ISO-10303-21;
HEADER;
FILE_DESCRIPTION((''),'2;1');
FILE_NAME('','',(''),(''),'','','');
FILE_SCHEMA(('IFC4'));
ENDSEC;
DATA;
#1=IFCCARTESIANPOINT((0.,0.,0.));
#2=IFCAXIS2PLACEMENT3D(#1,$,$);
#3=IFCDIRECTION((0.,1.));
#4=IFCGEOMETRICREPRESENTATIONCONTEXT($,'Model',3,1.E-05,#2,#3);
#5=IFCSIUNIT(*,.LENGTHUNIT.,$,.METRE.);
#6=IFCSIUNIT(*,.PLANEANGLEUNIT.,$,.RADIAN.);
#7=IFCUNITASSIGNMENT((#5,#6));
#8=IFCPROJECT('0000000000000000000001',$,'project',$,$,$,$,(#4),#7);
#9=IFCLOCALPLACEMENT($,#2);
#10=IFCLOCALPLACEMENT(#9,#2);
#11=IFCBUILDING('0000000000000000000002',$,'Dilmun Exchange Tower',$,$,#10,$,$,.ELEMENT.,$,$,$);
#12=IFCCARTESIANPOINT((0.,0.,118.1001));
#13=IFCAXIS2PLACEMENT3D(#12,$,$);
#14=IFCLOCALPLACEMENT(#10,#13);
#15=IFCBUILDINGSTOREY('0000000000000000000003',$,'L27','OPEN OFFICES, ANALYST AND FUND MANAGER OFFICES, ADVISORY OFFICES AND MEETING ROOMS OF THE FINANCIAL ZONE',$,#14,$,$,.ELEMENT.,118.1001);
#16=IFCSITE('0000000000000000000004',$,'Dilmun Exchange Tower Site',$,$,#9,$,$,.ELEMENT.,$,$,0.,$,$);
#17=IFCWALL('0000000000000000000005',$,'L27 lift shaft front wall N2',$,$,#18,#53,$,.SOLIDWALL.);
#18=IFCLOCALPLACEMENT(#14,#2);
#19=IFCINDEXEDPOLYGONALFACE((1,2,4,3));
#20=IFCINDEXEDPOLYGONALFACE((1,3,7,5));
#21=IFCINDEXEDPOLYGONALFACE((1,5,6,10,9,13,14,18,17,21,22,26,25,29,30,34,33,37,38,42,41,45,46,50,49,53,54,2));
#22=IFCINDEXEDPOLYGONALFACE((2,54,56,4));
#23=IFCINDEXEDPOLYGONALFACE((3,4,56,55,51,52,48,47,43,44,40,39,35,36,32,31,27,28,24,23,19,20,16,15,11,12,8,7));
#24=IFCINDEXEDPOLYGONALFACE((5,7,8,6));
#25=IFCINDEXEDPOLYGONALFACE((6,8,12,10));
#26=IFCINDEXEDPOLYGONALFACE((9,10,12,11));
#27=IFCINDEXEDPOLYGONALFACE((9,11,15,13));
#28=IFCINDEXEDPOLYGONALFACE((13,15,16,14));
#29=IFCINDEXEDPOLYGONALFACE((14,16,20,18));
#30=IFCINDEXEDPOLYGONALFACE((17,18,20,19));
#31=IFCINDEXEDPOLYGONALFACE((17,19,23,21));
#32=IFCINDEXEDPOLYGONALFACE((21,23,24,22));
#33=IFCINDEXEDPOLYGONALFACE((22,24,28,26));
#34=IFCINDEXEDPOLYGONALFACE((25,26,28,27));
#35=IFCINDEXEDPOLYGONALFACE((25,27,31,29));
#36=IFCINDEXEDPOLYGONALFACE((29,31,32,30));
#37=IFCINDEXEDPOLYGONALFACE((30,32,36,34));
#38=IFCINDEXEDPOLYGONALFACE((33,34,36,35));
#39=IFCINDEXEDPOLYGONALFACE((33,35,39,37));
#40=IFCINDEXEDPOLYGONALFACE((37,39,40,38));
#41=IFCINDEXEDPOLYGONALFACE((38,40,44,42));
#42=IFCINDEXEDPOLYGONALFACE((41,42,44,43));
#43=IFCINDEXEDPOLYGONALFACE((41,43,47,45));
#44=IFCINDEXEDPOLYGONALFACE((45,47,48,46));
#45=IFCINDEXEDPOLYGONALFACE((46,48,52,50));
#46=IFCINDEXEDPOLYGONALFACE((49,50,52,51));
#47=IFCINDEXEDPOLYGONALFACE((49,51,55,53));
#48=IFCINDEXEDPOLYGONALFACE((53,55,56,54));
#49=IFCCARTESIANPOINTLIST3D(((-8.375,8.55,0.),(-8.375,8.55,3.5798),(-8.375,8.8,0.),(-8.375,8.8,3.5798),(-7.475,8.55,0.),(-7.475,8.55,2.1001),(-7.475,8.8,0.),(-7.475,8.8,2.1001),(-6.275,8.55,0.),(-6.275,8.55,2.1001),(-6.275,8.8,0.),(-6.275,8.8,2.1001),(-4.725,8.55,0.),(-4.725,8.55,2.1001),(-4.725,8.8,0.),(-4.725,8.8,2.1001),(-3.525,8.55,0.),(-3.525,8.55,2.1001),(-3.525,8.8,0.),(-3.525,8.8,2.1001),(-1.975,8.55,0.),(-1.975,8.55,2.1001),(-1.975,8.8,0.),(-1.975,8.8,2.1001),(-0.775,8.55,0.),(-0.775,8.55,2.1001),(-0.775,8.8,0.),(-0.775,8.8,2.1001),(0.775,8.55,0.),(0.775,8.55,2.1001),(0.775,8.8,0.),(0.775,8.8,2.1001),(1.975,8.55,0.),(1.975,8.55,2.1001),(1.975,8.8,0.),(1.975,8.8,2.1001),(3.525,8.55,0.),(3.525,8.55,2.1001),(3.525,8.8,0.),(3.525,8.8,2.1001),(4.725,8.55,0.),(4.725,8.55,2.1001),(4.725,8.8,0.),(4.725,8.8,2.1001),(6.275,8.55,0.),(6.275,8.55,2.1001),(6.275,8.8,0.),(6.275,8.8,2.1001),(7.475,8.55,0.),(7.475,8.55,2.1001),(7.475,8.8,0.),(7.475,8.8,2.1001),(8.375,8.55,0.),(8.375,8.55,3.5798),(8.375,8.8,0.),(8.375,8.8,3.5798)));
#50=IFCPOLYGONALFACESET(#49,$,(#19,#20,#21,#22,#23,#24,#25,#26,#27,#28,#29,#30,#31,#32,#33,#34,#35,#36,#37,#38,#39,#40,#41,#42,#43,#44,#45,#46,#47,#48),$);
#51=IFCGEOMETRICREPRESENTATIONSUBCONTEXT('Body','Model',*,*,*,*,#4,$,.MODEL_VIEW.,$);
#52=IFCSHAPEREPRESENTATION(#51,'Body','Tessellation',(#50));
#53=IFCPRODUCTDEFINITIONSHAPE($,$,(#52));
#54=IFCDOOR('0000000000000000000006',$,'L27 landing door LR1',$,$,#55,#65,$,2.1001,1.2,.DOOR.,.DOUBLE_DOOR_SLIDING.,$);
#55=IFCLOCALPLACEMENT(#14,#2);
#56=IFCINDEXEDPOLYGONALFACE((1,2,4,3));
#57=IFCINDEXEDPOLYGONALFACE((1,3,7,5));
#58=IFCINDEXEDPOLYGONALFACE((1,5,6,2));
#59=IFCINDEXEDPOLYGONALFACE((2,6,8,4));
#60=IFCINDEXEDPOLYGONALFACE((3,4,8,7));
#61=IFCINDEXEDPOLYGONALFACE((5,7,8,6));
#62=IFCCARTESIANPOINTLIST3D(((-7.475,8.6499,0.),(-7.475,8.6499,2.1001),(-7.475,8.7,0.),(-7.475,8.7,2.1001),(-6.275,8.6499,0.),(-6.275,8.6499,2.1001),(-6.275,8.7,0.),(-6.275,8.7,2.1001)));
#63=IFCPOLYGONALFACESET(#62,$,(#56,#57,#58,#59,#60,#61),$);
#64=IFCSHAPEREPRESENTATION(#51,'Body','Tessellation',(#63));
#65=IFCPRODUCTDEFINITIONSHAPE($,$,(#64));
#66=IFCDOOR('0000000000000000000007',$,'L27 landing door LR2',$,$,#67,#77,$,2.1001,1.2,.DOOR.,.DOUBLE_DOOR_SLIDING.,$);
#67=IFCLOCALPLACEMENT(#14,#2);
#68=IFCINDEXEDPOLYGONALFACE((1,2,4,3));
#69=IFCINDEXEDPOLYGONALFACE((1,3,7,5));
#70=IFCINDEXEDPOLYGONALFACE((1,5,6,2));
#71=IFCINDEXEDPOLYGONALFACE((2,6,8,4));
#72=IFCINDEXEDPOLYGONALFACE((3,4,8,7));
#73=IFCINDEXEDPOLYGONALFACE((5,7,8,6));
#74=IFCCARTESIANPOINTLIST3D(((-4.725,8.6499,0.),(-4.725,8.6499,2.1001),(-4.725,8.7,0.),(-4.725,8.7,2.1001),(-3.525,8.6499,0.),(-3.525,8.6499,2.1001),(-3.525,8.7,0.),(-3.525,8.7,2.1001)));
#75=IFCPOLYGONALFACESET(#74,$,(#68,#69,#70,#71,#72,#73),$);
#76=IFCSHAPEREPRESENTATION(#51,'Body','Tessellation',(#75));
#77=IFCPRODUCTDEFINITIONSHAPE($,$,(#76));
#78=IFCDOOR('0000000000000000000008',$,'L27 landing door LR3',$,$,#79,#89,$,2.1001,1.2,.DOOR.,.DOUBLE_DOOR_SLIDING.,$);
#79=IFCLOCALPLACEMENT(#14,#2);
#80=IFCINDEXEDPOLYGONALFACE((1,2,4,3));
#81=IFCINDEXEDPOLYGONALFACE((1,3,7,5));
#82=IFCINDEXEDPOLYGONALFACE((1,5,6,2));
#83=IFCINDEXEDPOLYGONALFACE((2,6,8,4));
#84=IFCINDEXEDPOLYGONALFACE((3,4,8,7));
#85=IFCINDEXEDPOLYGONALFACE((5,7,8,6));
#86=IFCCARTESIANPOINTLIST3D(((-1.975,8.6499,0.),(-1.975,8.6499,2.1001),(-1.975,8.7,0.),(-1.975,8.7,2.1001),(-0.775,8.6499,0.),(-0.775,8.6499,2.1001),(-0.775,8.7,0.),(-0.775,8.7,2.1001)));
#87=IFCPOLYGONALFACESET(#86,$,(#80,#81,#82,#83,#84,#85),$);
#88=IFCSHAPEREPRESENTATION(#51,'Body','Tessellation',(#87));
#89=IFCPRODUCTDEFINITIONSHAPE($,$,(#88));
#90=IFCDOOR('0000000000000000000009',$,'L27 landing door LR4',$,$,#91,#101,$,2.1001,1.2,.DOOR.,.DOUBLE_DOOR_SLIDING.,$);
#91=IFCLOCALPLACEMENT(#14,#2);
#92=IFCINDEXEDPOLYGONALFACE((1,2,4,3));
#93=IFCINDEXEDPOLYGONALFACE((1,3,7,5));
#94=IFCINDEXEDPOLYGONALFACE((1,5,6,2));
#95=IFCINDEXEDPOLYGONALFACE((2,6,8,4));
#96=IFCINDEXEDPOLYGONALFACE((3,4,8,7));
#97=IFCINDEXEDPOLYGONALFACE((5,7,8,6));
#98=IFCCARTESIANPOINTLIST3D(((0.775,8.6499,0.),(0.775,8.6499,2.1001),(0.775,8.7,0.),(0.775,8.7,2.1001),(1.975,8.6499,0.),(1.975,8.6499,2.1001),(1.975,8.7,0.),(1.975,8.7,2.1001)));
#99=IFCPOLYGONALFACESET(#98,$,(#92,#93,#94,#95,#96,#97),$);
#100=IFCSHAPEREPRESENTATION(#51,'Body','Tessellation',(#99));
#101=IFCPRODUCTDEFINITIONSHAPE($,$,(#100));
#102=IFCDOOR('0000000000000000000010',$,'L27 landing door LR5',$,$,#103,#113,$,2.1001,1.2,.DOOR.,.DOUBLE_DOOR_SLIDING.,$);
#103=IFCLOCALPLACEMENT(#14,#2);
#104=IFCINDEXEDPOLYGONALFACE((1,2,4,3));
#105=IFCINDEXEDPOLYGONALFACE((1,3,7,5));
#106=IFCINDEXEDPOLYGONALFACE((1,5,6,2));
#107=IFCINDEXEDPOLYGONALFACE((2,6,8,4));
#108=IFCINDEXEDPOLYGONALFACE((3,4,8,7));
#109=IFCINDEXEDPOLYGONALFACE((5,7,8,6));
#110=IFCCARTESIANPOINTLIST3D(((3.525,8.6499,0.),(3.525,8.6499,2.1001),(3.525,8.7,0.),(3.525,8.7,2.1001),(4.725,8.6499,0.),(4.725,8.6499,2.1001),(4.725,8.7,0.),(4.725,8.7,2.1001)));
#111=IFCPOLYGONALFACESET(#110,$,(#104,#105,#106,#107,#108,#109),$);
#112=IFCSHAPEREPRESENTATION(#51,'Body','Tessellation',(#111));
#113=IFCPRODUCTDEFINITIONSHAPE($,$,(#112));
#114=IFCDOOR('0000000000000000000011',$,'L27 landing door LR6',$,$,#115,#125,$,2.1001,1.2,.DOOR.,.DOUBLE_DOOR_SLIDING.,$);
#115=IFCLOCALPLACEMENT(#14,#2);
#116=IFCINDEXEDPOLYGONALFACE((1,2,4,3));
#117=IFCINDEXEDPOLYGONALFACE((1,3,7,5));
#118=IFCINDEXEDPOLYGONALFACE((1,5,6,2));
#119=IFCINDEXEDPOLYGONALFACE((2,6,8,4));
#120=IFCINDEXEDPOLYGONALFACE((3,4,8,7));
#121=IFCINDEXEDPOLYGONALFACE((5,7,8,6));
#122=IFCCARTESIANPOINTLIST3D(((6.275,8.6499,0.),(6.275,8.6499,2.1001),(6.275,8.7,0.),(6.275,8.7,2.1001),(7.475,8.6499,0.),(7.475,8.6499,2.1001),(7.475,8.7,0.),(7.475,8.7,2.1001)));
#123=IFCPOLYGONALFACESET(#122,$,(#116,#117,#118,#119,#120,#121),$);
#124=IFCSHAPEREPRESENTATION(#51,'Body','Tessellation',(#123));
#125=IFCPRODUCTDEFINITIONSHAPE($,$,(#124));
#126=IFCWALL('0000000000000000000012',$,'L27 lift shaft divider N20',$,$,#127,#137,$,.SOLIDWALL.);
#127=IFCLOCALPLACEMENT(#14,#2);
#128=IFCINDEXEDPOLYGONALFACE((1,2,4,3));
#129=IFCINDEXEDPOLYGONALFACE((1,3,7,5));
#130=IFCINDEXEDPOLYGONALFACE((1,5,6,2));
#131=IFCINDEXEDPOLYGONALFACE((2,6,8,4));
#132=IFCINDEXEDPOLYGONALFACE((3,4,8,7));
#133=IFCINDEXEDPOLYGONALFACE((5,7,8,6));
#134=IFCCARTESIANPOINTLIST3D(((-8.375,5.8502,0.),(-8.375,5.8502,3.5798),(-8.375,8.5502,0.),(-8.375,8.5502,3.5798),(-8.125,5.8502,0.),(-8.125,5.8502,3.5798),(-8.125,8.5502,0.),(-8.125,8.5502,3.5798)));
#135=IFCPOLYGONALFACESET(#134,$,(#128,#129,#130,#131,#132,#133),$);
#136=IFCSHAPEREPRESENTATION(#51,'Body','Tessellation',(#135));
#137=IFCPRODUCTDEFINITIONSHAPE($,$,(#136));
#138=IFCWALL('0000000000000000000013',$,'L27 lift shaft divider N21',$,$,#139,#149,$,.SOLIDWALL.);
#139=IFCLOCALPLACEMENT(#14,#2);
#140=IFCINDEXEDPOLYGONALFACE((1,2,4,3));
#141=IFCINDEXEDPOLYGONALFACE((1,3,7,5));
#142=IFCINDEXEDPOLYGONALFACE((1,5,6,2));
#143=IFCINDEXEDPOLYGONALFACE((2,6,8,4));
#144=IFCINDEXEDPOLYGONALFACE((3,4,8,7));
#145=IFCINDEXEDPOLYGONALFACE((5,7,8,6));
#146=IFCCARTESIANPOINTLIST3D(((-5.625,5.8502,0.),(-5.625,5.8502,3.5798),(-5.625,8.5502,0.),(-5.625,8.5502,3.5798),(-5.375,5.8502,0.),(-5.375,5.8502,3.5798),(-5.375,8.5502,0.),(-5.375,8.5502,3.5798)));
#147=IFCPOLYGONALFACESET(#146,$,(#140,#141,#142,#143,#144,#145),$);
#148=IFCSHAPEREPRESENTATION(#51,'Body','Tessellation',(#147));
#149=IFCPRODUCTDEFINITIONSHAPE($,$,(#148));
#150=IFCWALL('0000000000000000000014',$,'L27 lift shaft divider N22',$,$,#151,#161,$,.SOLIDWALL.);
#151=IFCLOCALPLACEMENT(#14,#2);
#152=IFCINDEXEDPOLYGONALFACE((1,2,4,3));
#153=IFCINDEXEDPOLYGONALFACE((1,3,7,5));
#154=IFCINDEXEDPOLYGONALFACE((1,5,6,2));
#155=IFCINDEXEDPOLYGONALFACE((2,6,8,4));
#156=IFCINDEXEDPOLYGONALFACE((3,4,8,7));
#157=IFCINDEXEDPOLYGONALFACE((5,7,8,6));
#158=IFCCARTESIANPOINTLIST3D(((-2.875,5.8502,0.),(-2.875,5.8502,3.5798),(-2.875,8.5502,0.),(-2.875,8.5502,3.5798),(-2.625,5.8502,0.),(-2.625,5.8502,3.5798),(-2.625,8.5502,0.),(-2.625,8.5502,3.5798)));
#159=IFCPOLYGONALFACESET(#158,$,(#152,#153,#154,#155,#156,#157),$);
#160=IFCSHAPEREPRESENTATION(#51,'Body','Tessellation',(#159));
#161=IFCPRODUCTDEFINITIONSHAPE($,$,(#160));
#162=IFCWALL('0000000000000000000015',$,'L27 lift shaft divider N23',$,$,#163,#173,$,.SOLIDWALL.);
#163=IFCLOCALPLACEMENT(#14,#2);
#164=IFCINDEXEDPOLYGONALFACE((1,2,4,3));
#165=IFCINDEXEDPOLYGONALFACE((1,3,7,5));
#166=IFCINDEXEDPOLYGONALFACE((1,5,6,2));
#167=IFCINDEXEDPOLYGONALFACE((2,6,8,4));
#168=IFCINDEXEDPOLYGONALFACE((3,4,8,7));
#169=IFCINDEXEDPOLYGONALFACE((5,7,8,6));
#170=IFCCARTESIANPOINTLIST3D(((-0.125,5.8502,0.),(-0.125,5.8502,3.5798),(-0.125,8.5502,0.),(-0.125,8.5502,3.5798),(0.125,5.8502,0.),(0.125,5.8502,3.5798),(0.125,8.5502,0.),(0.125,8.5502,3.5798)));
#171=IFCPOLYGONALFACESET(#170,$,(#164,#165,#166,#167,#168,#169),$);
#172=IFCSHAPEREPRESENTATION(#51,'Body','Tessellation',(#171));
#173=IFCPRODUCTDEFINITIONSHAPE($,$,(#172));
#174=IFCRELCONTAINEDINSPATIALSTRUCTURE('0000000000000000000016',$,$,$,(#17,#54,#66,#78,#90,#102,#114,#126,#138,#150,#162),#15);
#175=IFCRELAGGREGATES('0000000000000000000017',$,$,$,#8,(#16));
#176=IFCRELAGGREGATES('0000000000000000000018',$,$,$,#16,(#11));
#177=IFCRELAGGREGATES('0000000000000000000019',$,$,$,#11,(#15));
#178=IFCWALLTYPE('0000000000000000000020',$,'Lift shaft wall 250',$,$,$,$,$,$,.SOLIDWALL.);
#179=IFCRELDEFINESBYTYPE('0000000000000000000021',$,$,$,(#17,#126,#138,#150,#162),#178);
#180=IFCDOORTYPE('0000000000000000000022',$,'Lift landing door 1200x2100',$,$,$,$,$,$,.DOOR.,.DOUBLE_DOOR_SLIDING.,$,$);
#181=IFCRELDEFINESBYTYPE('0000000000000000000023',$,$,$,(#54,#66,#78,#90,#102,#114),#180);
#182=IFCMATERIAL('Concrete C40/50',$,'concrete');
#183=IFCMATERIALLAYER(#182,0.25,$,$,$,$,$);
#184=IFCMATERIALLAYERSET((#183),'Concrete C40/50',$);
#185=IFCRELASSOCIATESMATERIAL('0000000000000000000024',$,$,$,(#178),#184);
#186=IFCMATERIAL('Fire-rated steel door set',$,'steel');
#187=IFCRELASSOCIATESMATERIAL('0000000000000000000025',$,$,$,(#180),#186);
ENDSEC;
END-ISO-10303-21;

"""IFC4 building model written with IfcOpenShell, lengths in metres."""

from ifc_helpers import new_model, si_unit, direction, frame, frame_2d, origin, place, context, subcontext, project, spatial, rectangle, extrude, material, layer, layer_set, type_object, element, fill, save


model = new_model("IFC4")

# Units and contexts
model_context = context("Model", 3, precision=1e-05, world=origin(), true_north=direction((0.0, 1.0)))
body_context = subcontext(model_context, "Body", "Model", "MODEL_VIEW")
ifc_project = project(units=[si_unit("LENGTHUNIT", "METRE"), si_unit("PLANEANGLEUNIT", "RADIAN")], contexts=[model_context])

# Site, building, storey
site_placement = place(None, origin())
site = spatial("IfcSite", under=ifc_project, at=site_placement, Name="Dilmun Exchange Tower Site", CompositionType="ELEMENT", RefElevation=0.0)
building_placement = place(site_placement, origin())
building = spatial("IfcBuilding", under=site, at=building_placement, Name="Dilmun Exchange Tower", CompositionType="ELEMENT")
storey_placement = place(building_placement, frame((0.0, 0.0, 118.1001)))
storey = spatial("IfcBuildingStorey", under=building, at=storey_placement, Name="L27", Description="OPEN OFFICES, ANALYST AND FUND MANAGER OFFICES, ADVISORY OFFICES AND MEETING ROOMS OF THE FINANCIAL ZONE", CompositionType="ELEMENT", Elevation=118.1001)

# Shared definitions
ifc_material_1 = material(Name="Concrete C40/50", Category="concrete")

# Shared definitions
ifc_material_2 = material(Name="Fire-rated steel door set", Category="steel")

# Wall, openings, doors
ifc_layer_1 = layer(ifc_material_1, 0.25)
ifc_layer_set_1 = layer_set([ifc_layer_1], Name="Concrete C40/50")
wall_type_1 = type_object("IfcWallType", Name="Lift shaft wall 250", PredefinedType="SOLIDWALL", material=ifc_layer_set_1)
wall_1_placement = place(storey_placement, frame((-8.375, 8.675, 0.0), z_axis=(0.0, 0.0, 1.0), x_axis=(1.0, 0.0, 0.0)))
wall_1 = element("IfcWall", 1, at=wall_1_placement, inside=storey, type_object=wall_type_1, Name="L27 lift shaft front wall N2", PredefinedType="SOLIDWALL", context=body_context, shape_type="SweptSolid", body=[
    extrude(rectangle(XDim=16.75, YDim=0.25, at=frame_2d((8.375, 0.0))), origin(), (0.0, 0.0, 1.0), 3.5798),
])
opening_1_placement = place(wall_1_placement, frame((0.8999, 0.0, 0.0)))
opening_1 = element("IfcOpeningElement", 2, at=opening_1_placement, cuts=wall_1, PredefinedType="OPENING", context=body_context, shape_type="SweptSolid", body=[
    extrude(rectangle(XDim=1.2, YDim=2.1001, at=frame_2d((0.6001, 1.05))), frame((0.0, 0.135, 0.0), z_axis=(0.0, -1.0, 0.0), x_axis=(1.0, 0.0, 0.0)), (0.0, 0.0, 1.0), 0.27),
])
opening_2_placement = place(wall_1_placement, frame((3.6499, 0.0, 0.0)))
opening_2 = element("IfcOpeningElement", 3, at=opening_2_placement, cuts=wall_1, PredefinedType="OPENING", context=body_context, shape_type="SweptSolid", body=[
    extrude(rectangle(XDim=1.2, YDim=2.1001, at=frame_2d((0.6001, 1.05))), frame((0.0, 0.135, 0.0), z_axis=(0.0, -1.0, 0.0), x_axis=(1.0, 0.0, 0.0)), (0.0, 0.0, 1.0), 0.27),
])
opening_3_placement = place(wall_1_placement, frame((6.3999, 0.0, 0.0)))
opening_3 = element("IfcOpeningElement", 4, at=opening_3_placement, cuts=wall_1, PredefinedType="OPENING", context=body_context, shape_type="SweptSolid", body=[
    extrude(rectangle(XDim=1.2, YDim=2.1001, at=frame_2d((0.6001, 1.05))), frame((0.0, 0.135, 0.0), z_axis=(0.0, -1.0, 0.0), x_axis=(1.0, 0.0, 0.0)), (0.0, 0.0, 1.0), 0.27),
])
opening_4_placement = place(wall_1_placement, frame((9.1499, 0.0, 0.0)))
opening_4 = element("IfcOpeningElement", 5, at=opening_4_placement, cuts=wall_1, PredefinedType="OPENING", context=body_context, shape_type="SweptSolid", body=[
    extrude(rectangle(XDim=1.2, YDim=2.1001, at=frame_2d((0.6001, 1.05))), frame((0.0, 0.135, 0.0), z_axis=(0.0, -1.0, 0.0), x_axis=(1.0, 0.0, 0.0)), (0.0, 0.0, 1.0), 0.27),
])
opening_5_placement = place(wall_1_placement, frame((11.8999, 0.0, 0.0)))
opening_5 = element("IfcOpeningElement", 6, at=opening_5_placement, cuts=wall_1, PredefinedType="OPENING", context=body_context, shape_type="SweptSolid", body=[
    extrude(rectangle(XDim=1.2, YDim=2.1001, at=frame_2d((0.6001, 1.05))), frame((0.0, 0.135, 0.0), z_axis=(0.0, -1.0, 0.0), x_axis=(1.0, 0.0, 0.0)), (0.0, 0.0, 1.0), 0.27),
])
opening_6_placement = place(wall_1_placement, frame((14.6499, 0.0, 0.0)))
opening_6 = element("IfcOpeningElement", 7, at=opening_6_placement, cuts=wall_1, PredefinedType="OPENING", context=body_context, shape_type="SweptSolid", body=[
    extrude(rectangle(XDim=1.2, YDim=2.1001, at=frame_2d((0.6001, 1.05))), frame((0.0, 0.135, 0.0), z_axis=(0.0, -1.0, 0.0), x_axis=(1.0, 0.0, 0.0)), (0.0, 0.0, 1.0), 0.27),
])
door_type_1 = type_object("IfcDoorType", Name="Lift landing door 1200x2100", OperationType="DOUBLE_DOOR_SLIDING", PredefinedType="DOOR", material=ifc_material_2)
door_1_placement = place(opening_1_placement, origin())
door_1 = element("IfcDoor", 8, at=door_1_placement, inside=storey, type_object=door_type_1, Name="L27 landing door LR1", OperationType="DOUBLE_DOOR_SLIDING", OverallHeight=2.1001, OverallWidth=1.2, PredefinedType="DOOR", context=body_context, shape_type="SweptSolid", body=[
    extrude(rectangle(XDim=1.2, YDim=2.1001, at=frame_2d((0.6001, 1.05))), frame((0.0, 0.0249, 0.0), z_axis=(0.0, -1.0, 0.0), x_axis=(1.0, 0.0, 0.0)), (0.0, 0.0, 1.0), 0.05),
])
fill(opening_1, door_1)
door_2_placement = place(opening_2_placement, origin())
door_2 = element("IfcDoor", 9, at=door_2_placement, inside=storey, type_object=door_type_1, Name="L27 landing door LR2", OperationType="DOUBLE_DOOR_SLIDING", OverallHeight=2.1001, OverallWidth=1.2, PredefinedType="DOOR", context=body_context, shape_type="SweptSolid", body=[
    extrude(rectangle(XDim=1.2, YDim=2.1001, at=frame_2d((0.6001, 1.05))), frame((0.0, 0.0249, 0.0), z_axis=(0.0, -1.0, 0.0), x_axis=(1.0, 0.0, 0.0)), (0.0, 0.0, 1.0), 0.05),
])
fill(opening_2, door_2)
door_3_placement = place(opening_3_placement, origin())
door_3 = element("IfcDoor", 10, at=door_3_placement, inside=storey, type_object=door_type_1, Name="L27 landing door LR3", OperationType="DOUBLE_DOOR_SLIDING", OverallHeight=2.1001, OverallWidth=1.2, PredefinedType="DOOR", context=body_context, shape_type="SweptSolid", body=[
    extrude(rectangle(XDim=1.2, YDim=2.1001, at=frame_2d((0.6001, 1.05))), frame((0.0, 0.0249, 0.0), z_axis=(0.0, -1.0, 0.0), x_axis=(1.0, 0.0, 0.0)), (0.0, 0.0, 1.0), 0.05),
])
fill(opening_3, door_3)
door_4_placement = place(opening_4_placement, origin())
door_4 = element("IfcDoor", 11, at=door_4_placement, inside=storey, type_object=door_type_1, Name="L27 landing door LR4", OperationType="DOUBLE_DOOR_SLIDING", OverallHeight=2.1001, OverallWidth=1.2, PredefinedType="DOOR", context=body_context, shape_type="SweptSolid", body=[
    extrude(rectangle(XDim=1.2, YDim=2.1001, at=frame_2d((0.6001, 1.05))), frame((0.0, 0.0249, 0.0), z_axis=(0.0, -1.0, 0.0), x_axis=(1.0, 0.0, 0.0)), (0.0, 0.0, 1.0), 0.05),
])
fill(opening_4, door_4)
door_5_placement = place(opening_5_placement, origin())
door_5 = element("IfcDoor", 12, at=door_5_placement, inside=storey, type_object=door_type_1, Name="L27 landing door LR5", OperationType="DOUBLE_DOOR_SLIDING", OverallHeight=2.1001, OverallWidth=1.2, PredefinedType="DOOR", context=body_context, shape_type="SweptSolid", body=[
    extrude(rectangle(XDim=1.2, YDim=2.1001, at=frame_2d((0.6001, 1.05))), frame((0.0, 0.0249, 0.0), z_axis=(0.0, -1.0, 0.0), x_axis=(1.0, 0.0, 0.0)), (0.0, 0.0, 1.0), 0.05),
])
fill(opening_5, door_5)
door_6_placement = place(opening_6_placement, origin())
door_6 = element("IfcDoor", 13, at=door_6_placement, inside=storey, type_object=door_type_1, Name="L27 landing door LR6", OperationType="DOUBLE_DOOR_SLIDING", OverallHeight=2.1001, OverallWidth=1.2, PredefinedType="DOOR", context=body_context, shape_type="SweptSolid", body=[
    extrude(rectangle(XDim=1.2, YDim=2.1001, at=frame_2d((0.6001, 1.05))), frame((0.0, 0.0249, 0.0), z_axis=(0.0, -1.0, 0.0), x_axis=(1.0, 0.0, 0.0)), (0.0, 0.0, 1.0), 0.05),
])
fill(opening_6, door_6)

# Walls
for number, where, z_axis, x_axis, name in (
    (14, (-8.25, 5.8501, 0.0), (0.0, 0.0, 1.0), (0.0, 1.0, 0.0), "L27 lift shaft divider N20"),
    (15, (-5.5, 5.8501, 0.0), (0.0, 0.0, 1.0), (0.0, 1.0, 0.0), "L27 lift shaft divider N21"),
    (16, (-2.75, 5.8501, 0.0), (0.0, 0.0, 1.0), (0.0, 1.0, 0.0), "L27 lift shaft divider N22"),
    (17, (0.0, 5.8501, 0.0), (0.0, 0.0, 1.0), (0.0, 1.0, 0.0), "L27 lift shaft divider N23"),
):
    element("IfcWall", number, at=place(storey_placement, frame(where, z_axis=z_axis, x_axis=x_axis)), inside=storey, type_object=wall_type_1, Name=name, PredefinedType="SOLIDWALL", context=body_context, shape_type="SweptSolid", body=[
        extrude(rectangle(XDim=2.7, YDim=0.25, at=frame_2d((1.3501, 0.0))), origin(), (0.0, 0.0, 1.0), 3.5798),
    ])

save(model, "model.ifc")
